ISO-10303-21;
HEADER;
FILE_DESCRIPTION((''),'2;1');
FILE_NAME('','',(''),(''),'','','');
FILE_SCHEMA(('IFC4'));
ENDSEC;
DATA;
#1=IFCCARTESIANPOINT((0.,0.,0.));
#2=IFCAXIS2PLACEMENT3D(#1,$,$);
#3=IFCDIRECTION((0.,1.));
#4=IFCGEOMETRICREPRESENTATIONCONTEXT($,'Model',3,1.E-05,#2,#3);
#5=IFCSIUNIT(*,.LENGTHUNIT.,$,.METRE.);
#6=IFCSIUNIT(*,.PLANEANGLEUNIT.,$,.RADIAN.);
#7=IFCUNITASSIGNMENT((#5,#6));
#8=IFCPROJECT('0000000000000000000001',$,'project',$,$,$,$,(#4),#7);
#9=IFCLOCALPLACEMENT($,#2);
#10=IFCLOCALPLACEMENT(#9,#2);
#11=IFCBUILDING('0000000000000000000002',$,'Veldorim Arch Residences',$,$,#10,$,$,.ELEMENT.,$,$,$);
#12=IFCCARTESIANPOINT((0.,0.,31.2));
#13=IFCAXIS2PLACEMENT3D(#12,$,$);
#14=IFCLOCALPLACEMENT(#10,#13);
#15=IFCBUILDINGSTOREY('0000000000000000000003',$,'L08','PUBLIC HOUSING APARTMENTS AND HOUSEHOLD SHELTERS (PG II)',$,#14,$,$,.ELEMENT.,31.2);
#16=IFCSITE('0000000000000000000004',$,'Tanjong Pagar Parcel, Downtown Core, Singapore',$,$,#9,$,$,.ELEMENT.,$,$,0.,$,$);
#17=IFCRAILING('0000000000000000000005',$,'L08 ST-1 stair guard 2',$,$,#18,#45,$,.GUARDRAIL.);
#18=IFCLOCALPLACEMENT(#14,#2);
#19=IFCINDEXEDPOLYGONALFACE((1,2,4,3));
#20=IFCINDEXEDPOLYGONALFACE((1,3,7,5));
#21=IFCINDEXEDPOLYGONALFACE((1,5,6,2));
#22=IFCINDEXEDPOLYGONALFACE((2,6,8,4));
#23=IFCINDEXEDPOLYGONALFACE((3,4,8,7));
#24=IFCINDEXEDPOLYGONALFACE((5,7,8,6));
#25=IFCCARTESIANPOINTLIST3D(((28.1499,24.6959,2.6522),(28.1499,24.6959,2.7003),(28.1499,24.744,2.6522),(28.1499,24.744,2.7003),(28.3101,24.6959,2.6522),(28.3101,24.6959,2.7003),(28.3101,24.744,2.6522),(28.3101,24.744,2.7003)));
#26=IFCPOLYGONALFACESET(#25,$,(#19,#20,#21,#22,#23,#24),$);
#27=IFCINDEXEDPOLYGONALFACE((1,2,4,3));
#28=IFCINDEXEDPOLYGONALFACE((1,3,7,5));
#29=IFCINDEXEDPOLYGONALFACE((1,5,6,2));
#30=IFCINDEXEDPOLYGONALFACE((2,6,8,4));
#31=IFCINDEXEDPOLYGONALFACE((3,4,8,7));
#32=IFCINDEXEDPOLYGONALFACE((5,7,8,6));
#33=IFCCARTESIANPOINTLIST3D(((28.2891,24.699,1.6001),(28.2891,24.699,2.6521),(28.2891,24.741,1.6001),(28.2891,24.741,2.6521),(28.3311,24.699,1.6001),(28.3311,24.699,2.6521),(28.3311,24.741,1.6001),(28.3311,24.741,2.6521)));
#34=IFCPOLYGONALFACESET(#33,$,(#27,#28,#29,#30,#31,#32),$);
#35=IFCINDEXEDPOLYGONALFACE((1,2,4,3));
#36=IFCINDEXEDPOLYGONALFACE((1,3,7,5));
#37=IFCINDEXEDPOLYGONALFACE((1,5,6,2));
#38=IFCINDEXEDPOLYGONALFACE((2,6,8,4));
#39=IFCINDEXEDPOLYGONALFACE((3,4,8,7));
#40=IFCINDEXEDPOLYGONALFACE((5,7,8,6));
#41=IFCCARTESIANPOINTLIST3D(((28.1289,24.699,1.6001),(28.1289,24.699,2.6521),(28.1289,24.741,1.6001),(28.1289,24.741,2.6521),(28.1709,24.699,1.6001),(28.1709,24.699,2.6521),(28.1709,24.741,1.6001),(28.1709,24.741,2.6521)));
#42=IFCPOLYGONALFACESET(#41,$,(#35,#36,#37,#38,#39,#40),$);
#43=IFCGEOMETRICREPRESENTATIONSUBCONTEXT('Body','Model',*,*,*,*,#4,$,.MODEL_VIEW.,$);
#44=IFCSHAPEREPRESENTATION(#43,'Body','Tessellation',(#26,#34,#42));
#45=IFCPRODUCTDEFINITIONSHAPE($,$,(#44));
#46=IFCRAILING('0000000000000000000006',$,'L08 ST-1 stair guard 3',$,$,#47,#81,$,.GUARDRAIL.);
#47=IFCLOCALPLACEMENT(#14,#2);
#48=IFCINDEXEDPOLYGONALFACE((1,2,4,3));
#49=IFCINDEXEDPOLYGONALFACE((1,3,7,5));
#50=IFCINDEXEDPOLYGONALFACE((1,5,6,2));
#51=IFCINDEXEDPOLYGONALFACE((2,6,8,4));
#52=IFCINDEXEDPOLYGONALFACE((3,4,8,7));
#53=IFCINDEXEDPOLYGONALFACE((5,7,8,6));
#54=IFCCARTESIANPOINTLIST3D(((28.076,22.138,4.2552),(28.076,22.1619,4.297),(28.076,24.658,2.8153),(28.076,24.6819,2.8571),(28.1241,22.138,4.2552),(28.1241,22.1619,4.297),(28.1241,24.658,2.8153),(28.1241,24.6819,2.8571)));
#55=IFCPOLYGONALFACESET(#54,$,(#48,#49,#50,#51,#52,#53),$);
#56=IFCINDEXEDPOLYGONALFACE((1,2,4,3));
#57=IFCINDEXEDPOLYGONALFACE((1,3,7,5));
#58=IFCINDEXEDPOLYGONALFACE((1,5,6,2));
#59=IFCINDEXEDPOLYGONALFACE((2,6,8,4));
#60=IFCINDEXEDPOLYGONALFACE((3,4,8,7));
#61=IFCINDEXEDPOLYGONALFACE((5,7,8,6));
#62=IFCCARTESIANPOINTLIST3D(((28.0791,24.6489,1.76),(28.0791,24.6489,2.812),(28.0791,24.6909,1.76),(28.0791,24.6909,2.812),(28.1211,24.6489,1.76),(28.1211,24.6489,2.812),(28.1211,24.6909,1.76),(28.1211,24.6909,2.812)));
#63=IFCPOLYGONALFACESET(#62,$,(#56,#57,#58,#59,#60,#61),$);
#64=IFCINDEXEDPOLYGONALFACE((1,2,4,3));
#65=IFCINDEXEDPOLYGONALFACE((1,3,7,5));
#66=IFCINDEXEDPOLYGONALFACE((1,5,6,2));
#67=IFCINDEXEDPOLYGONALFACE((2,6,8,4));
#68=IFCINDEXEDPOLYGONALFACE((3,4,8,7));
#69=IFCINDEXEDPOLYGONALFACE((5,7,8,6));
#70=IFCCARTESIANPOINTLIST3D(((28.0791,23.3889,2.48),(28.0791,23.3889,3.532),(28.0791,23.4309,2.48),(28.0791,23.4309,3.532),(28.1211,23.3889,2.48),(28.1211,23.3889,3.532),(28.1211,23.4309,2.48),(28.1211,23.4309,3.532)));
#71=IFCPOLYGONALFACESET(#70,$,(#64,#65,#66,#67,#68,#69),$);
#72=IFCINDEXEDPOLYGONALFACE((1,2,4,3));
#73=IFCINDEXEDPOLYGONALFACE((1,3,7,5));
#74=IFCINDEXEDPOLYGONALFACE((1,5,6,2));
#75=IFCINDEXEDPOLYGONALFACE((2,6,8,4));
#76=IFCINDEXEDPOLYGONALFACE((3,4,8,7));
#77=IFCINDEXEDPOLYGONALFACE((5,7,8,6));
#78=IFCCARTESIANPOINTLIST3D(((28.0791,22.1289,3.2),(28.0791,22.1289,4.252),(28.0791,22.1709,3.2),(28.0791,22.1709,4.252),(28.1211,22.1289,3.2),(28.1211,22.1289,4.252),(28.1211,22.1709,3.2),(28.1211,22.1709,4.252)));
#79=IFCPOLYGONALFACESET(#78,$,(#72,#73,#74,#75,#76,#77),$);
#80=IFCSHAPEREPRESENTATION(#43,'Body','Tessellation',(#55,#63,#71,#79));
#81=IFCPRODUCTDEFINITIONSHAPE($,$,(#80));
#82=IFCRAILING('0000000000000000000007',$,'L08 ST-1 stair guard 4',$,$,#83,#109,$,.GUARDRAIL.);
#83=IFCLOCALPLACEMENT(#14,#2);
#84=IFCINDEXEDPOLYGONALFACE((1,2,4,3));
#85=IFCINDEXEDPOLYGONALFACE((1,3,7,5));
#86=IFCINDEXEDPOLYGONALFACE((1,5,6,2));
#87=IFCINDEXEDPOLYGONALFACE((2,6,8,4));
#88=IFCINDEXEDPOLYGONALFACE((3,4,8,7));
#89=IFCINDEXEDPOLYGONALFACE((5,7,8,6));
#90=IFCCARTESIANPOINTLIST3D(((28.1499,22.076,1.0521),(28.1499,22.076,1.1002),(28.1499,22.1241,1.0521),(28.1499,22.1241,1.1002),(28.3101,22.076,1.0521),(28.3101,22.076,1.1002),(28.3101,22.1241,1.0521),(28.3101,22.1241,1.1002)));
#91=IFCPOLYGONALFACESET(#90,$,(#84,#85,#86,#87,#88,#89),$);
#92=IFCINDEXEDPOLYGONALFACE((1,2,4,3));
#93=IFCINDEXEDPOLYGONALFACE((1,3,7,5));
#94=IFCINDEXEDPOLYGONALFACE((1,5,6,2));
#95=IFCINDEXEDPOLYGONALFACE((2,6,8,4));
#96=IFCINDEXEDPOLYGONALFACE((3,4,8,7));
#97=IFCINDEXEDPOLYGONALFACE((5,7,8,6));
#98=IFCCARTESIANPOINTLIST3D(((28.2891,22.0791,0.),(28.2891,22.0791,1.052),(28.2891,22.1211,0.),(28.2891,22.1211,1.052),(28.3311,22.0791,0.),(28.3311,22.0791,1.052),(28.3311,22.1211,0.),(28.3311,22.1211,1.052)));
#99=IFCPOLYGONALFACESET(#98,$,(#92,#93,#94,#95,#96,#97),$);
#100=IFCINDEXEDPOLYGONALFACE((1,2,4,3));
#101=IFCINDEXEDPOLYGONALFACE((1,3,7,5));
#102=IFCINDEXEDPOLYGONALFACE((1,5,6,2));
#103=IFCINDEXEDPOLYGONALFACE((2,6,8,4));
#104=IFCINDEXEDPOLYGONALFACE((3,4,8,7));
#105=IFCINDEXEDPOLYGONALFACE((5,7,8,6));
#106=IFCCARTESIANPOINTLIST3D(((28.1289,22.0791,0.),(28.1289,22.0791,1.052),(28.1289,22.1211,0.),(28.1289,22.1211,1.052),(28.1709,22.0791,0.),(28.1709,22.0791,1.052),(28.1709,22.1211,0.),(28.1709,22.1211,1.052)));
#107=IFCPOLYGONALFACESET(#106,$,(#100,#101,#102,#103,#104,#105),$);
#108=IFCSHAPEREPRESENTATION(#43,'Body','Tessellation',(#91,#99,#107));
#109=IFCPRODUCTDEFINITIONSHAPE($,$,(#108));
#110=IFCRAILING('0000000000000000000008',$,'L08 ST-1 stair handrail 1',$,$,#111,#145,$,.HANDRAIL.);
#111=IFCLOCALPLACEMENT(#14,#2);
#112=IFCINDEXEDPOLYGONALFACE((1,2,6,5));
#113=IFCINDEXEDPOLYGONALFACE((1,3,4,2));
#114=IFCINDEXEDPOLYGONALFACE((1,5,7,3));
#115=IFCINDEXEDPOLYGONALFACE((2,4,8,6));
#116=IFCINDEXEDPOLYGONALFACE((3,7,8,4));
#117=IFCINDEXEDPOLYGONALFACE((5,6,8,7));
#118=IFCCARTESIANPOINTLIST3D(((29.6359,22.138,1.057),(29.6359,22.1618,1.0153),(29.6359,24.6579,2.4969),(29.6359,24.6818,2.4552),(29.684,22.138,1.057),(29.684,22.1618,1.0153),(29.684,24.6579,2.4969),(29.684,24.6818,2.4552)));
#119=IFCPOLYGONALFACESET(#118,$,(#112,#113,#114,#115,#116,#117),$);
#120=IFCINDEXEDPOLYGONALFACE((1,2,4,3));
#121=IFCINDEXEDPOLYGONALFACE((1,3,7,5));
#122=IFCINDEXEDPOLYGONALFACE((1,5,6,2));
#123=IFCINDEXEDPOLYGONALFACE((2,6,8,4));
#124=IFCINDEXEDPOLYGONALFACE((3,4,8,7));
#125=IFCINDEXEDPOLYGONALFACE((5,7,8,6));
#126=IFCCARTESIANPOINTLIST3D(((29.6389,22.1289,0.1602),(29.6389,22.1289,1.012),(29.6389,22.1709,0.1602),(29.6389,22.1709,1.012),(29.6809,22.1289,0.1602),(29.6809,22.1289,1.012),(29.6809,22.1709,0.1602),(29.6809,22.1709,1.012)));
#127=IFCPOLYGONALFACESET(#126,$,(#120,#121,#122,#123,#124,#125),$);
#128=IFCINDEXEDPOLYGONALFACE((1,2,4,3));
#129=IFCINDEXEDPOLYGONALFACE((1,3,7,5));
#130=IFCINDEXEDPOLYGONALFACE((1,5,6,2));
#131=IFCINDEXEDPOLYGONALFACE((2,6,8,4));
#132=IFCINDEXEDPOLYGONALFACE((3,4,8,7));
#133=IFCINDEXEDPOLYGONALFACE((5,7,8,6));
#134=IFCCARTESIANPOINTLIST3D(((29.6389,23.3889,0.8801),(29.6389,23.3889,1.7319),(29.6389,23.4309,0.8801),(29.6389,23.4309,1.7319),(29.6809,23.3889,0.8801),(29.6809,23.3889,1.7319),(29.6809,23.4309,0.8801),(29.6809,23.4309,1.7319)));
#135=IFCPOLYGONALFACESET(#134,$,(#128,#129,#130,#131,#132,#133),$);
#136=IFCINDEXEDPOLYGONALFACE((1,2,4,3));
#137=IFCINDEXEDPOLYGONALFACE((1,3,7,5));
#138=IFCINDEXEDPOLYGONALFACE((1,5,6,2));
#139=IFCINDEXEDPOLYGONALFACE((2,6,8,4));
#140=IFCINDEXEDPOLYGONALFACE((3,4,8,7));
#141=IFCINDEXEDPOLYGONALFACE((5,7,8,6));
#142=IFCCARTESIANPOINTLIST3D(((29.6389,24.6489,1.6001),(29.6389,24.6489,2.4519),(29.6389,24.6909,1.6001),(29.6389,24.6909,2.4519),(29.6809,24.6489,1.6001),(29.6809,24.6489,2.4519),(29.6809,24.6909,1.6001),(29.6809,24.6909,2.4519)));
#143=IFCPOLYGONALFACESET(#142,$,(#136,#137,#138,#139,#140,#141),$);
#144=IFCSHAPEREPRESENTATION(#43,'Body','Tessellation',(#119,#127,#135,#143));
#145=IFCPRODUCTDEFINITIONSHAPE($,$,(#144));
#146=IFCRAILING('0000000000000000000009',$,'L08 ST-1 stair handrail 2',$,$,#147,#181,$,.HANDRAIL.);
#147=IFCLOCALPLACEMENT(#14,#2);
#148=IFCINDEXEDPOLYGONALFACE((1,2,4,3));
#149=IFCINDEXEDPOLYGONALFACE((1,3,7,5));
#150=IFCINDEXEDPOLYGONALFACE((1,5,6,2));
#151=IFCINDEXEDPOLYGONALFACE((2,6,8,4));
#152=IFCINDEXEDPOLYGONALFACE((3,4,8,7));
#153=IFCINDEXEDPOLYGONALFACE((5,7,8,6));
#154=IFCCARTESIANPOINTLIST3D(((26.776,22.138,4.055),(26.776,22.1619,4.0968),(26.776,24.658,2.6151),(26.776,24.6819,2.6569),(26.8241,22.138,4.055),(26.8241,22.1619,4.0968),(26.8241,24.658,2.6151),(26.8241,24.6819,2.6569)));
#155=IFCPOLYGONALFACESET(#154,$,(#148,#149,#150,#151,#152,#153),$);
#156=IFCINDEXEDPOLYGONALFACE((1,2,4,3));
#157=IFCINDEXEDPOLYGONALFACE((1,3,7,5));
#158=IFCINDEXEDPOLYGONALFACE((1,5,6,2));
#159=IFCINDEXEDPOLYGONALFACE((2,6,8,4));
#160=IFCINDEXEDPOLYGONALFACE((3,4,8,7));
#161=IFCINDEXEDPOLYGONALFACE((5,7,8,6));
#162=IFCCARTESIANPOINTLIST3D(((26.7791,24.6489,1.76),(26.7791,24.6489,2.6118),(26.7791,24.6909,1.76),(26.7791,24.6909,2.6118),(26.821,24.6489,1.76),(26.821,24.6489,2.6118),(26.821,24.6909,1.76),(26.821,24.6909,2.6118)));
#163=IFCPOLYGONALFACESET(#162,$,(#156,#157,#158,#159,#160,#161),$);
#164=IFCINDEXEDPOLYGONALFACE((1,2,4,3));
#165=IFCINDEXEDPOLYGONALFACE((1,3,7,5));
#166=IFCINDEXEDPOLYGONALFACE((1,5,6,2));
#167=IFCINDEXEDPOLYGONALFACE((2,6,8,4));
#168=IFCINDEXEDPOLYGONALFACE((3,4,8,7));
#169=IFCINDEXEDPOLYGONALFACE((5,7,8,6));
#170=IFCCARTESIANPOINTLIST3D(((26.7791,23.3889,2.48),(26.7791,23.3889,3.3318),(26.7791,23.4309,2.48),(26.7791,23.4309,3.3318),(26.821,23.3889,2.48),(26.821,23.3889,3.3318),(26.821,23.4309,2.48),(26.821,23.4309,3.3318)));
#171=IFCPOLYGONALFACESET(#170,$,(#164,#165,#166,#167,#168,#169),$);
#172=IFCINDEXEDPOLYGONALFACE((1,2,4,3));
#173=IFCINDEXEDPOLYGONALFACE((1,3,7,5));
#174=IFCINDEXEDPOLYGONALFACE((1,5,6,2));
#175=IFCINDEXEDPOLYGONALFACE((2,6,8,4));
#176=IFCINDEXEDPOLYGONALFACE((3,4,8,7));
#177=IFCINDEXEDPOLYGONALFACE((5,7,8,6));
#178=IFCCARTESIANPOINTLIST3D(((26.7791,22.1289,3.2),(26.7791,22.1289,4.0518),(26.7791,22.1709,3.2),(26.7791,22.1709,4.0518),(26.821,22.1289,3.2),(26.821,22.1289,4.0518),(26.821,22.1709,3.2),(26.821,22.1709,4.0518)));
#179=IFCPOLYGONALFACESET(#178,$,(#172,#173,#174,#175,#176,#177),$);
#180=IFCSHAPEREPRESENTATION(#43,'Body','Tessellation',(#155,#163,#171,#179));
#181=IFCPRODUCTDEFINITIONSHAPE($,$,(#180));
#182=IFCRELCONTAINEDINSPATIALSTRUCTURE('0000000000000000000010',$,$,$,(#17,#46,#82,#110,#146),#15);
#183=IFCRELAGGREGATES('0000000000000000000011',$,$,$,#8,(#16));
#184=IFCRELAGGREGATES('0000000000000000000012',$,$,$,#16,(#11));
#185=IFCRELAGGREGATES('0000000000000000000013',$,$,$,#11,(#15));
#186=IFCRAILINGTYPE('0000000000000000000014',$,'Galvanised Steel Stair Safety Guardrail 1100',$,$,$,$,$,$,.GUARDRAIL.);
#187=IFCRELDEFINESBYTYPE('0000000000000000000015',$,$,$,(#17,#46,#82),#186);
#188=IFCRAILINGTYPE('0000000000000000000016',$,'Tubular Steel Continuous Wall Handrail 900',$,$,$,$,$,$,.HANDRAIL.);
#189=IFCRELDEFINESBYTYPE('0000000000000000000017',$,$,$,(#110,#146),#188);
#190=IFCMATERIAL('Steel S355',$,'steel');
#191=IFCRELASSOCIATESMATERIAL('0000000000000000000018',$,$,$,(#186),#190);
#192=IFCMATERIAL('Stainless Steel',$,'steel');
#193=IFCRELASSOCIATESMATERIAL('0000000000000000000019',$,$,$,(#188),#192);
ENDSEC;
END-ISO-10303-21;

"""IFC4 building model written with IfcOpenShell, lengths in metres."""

from ifc_helpers import new_model, si_unit, direction, frame, origin, origin_2d, place, context, subcontext, project, spatial, rectangle, extrude, material, type_object, element, save


model = new_model("IFC4")

# Units and contexts
model_context = context("Model", 3, precision=1e-05, world=origin(), true_north=direction((0.0, 1.0)))
body_context = subcontext(model_context, "Body", "Model", "MODEL_VIEW")
ifc_project = project(units=[si_unit("LENGTHUNIT", "METRE"), si_unit("PLANEANGLEUNIT", "RADIAN")], contexts=[model_context])

# Site, building, storey
site_placement = place(None, origin())
site = spatial("IfcSite", under=ifc_project, at=site_placement, Name="Tanjong Pagar Parcel, Downtown Core, Singapore", CompositionType="ELEMENT", RefElevation=0.0)
building_placement = place(site_placement, origin())
building = spatial("IfcBuilding", under=site, at=building_placement, Name="Veldorim Arch Residences", CompositionType="ELEMENT")
storey_placement = place(building_placement, frame((0.0, 0.0, 31.2)))
storey = spatial("IfcBuildingStorey", under=building, at=storey_placement, Name="L08", Description="PUBLIC HOUSING APARTMENTS AND HOUSEHOLD SHELTERS (PG II)", CompositionType="ELEMENT", Elevation=31.2)

# Railings
ifc_material_1 = material(Name="Steel S355", Category="steel")
railing_type_1 = type_object("IfcRailingType", Name="Galvanised Steel Stair Safety Guardrail 1100", PredefinedType="GUARDRAIL", material=ifc_material_1)
railing_1_placement = place(storey_placement, frame((28.3101, 24.72, 1.6001)))
element("IfcRailing", 1, at=railing_1_placement, inside=storey, type_object=railing_type_1, Name="L08 ST-1 stair guard 2", PredefinedType="GUARDRAIL", context=body_context, shape_type="SweptSolid", body=[
    extrude(rectangle(XDim=0.0481, YDim=0.0481, at=origin_2d()), frame((0.0, 0.0, 1.0762), z_axis=(-1.0, 0.0, 0.0), x_axis=(0.0, -1.0, 0.0)), (0.0, 0.0, 1.0), 0.1602),
    extrude(rectangle(XDim=0.042, YDim=0.042, at=origin_2d()), origin(), (0.0, 0.0, 1.0), 1.052),
    extrude(rectangle(XDim=0.042, YDim=0.042, at=origin_2d()), frame((-0.1602, 0.0, 0.0)), (0.0, 0.0, 1.0), 1.052),
])
railing_2_placement = place(storey_placement, frame((28.1001, 24.6699, 1.76)))
element("IfcRailing", 2, at=railing_2_placement, inside=storey, type_object=railing_type_1, Name="L08 ST-1 stair guard 3", PredefinedType="GUARDRAIL", context=body_context, shape_type="SweptSolid", body=[
    extrude(rectangle(XDim=0.0481, YDim=0.0481, at=origin_2d()), frame((0.0, 0.0, 1.0762), z_axis=(0.0, -0.868253, 0.496121), x_axis=(1.0, 0.0, 0.0)), (0.0, 0.0, 1.0), 2.9023),
    extrude(rectangle(XDim=0.042, YDim=0.042, at=origin_2d()), origin(), (0.0, 0.0, 1.0), 1.052),
    extrude(rectangle(XDim=0.042, YDim=0.042, at=origin_2d()), frame((0.0, -1.26, 0.72)), (0.0, 0.0, 1.0), 1.052),
    extrude(rectangle(XDim=0.042, YDim=0.042, at=origin_2d()), frame((0.0, -2.52, 1.4399)), (0.0, 0.0, 1.0), 1.052),
])
railing_3_placement = place(storey_placement, frame((28.3101, 22.1001, 0.0)))
element("IfcRailing", 3, at=railing_3_placement, inside=storey, type_object=railing_type_1, Name="L08 ST-1 stair guard 4", PredefinedType="GUARDRAIL", context=body_context, shape_type="SweptSolid", body=[
    extrude(rectangle(XDim=0.0481, YDim=0.0481, at=origin_2d()), frame((0.0, 0.0, 1.0762), z_axis=(-1.0, 0.0, 0.0), x_axis=(0.0, -1.0, 0.0)), (0.0, 0.0, 1.0), 0.1602),
    extrude(rectangle(XDim=0.042, YDim=0.042, at=origin_2d()), origin(), (0.0, 0.0, 1.0), 1.052),
    extrude(rectangle(XDim=0.042, YDim=0.042, at=origin_2d()), frame((-0.1602, 0.0, 0.0)), (0.0, 0.0, 1.0), 1.052),
])
ifc_material_2 = material(Name="Stainless Steel", Category="steel")
railing_type_2 = type_object("IfcRailingType", Name="Tubular Steel Continuous Wall Handrail 900", PredefinedType="HANDRAIL", material=ifc_material_2)
railing_4_placement = place(storey_placement, frame((29.6599, 22.1499, 0.1602)))
element("IfcRailing", 4, at=railing_4_placement, inside=storey, type_object=railing_type_2, Name="L08 ST-1 stair handrail 1", PredefinedType="HANDRAIL", context=body_context, shape_type="SweptSolid", body=[
    extrude(rectangle(XDim=0.0481, YDim=0.0481, at=origin_2d()), frame((0.0, 0.0, 0.876), z_axis=(0.0, 0.868253, 0.496121), x_axis=(-1.0, 0.0, 0.0)), (0.0, 0.0, 1.0), 2.9023),
    extrude(rectangle(XDim=0.042, YDim=0.042, at=origin_2d()), origin(), (0.0, 0.0, 1.0), 0.8518),
    extrude(rectangle(XDim=0.042, YDim=0.042, at=origin_2d()), frame((0.0, 1.26, 0.72)), (0.0, 0.0, 1.0), 0.8518),
    extrude(rectangle(XDim=0.042, YDim=0.042, at=origin_2d()), frame((0.0, 2.52, 1.4399)), (0.0, 0.0, 1.0), 0.8518),
])
railing_5_placement = place(storey_placement, frame((26.8, 24.6699, 1.76)))
element("IfcRailing", 5, at=railing_5_placement, inside=storey, type_object=railing_type_2, Name="L08 ST-1 stair handrail 2", PredefinedType="HANDRAIL", context=body_context, shape_type="SweptSolid", body=[
    extrude(rectangle(XDim=0.0481, YDim=0.0481, at=origin_2d()), frame((0.0, 0.0, 0.876), z_axis=(0.0, -0.868253, 0.496121), x_axis=(1.0, 0.0, 0.0)), (0.0, 0.0, 1.0), 2.9023),
    extrude(rectangle(XDim=0.042, YDim=0.042, at=origin_2d()), origin(), (0.0, 0.0, 1.0), 0.8518),
    extrude(rectangle(XDim=0.042, YDim=0.042, at=origin_2d()), frame((0.0, -1.26, 0.72)), (0.0, 0.0, 1.0), 0.8518),
    extrude(rectangle(XDim=0.042, YDim=0.042, at=origin_2d()), frame((0.0, -2.52, 1.4399)), (0.0, 0.0, 1.0), 0.8518),
])

save(model, "model.ifc")
